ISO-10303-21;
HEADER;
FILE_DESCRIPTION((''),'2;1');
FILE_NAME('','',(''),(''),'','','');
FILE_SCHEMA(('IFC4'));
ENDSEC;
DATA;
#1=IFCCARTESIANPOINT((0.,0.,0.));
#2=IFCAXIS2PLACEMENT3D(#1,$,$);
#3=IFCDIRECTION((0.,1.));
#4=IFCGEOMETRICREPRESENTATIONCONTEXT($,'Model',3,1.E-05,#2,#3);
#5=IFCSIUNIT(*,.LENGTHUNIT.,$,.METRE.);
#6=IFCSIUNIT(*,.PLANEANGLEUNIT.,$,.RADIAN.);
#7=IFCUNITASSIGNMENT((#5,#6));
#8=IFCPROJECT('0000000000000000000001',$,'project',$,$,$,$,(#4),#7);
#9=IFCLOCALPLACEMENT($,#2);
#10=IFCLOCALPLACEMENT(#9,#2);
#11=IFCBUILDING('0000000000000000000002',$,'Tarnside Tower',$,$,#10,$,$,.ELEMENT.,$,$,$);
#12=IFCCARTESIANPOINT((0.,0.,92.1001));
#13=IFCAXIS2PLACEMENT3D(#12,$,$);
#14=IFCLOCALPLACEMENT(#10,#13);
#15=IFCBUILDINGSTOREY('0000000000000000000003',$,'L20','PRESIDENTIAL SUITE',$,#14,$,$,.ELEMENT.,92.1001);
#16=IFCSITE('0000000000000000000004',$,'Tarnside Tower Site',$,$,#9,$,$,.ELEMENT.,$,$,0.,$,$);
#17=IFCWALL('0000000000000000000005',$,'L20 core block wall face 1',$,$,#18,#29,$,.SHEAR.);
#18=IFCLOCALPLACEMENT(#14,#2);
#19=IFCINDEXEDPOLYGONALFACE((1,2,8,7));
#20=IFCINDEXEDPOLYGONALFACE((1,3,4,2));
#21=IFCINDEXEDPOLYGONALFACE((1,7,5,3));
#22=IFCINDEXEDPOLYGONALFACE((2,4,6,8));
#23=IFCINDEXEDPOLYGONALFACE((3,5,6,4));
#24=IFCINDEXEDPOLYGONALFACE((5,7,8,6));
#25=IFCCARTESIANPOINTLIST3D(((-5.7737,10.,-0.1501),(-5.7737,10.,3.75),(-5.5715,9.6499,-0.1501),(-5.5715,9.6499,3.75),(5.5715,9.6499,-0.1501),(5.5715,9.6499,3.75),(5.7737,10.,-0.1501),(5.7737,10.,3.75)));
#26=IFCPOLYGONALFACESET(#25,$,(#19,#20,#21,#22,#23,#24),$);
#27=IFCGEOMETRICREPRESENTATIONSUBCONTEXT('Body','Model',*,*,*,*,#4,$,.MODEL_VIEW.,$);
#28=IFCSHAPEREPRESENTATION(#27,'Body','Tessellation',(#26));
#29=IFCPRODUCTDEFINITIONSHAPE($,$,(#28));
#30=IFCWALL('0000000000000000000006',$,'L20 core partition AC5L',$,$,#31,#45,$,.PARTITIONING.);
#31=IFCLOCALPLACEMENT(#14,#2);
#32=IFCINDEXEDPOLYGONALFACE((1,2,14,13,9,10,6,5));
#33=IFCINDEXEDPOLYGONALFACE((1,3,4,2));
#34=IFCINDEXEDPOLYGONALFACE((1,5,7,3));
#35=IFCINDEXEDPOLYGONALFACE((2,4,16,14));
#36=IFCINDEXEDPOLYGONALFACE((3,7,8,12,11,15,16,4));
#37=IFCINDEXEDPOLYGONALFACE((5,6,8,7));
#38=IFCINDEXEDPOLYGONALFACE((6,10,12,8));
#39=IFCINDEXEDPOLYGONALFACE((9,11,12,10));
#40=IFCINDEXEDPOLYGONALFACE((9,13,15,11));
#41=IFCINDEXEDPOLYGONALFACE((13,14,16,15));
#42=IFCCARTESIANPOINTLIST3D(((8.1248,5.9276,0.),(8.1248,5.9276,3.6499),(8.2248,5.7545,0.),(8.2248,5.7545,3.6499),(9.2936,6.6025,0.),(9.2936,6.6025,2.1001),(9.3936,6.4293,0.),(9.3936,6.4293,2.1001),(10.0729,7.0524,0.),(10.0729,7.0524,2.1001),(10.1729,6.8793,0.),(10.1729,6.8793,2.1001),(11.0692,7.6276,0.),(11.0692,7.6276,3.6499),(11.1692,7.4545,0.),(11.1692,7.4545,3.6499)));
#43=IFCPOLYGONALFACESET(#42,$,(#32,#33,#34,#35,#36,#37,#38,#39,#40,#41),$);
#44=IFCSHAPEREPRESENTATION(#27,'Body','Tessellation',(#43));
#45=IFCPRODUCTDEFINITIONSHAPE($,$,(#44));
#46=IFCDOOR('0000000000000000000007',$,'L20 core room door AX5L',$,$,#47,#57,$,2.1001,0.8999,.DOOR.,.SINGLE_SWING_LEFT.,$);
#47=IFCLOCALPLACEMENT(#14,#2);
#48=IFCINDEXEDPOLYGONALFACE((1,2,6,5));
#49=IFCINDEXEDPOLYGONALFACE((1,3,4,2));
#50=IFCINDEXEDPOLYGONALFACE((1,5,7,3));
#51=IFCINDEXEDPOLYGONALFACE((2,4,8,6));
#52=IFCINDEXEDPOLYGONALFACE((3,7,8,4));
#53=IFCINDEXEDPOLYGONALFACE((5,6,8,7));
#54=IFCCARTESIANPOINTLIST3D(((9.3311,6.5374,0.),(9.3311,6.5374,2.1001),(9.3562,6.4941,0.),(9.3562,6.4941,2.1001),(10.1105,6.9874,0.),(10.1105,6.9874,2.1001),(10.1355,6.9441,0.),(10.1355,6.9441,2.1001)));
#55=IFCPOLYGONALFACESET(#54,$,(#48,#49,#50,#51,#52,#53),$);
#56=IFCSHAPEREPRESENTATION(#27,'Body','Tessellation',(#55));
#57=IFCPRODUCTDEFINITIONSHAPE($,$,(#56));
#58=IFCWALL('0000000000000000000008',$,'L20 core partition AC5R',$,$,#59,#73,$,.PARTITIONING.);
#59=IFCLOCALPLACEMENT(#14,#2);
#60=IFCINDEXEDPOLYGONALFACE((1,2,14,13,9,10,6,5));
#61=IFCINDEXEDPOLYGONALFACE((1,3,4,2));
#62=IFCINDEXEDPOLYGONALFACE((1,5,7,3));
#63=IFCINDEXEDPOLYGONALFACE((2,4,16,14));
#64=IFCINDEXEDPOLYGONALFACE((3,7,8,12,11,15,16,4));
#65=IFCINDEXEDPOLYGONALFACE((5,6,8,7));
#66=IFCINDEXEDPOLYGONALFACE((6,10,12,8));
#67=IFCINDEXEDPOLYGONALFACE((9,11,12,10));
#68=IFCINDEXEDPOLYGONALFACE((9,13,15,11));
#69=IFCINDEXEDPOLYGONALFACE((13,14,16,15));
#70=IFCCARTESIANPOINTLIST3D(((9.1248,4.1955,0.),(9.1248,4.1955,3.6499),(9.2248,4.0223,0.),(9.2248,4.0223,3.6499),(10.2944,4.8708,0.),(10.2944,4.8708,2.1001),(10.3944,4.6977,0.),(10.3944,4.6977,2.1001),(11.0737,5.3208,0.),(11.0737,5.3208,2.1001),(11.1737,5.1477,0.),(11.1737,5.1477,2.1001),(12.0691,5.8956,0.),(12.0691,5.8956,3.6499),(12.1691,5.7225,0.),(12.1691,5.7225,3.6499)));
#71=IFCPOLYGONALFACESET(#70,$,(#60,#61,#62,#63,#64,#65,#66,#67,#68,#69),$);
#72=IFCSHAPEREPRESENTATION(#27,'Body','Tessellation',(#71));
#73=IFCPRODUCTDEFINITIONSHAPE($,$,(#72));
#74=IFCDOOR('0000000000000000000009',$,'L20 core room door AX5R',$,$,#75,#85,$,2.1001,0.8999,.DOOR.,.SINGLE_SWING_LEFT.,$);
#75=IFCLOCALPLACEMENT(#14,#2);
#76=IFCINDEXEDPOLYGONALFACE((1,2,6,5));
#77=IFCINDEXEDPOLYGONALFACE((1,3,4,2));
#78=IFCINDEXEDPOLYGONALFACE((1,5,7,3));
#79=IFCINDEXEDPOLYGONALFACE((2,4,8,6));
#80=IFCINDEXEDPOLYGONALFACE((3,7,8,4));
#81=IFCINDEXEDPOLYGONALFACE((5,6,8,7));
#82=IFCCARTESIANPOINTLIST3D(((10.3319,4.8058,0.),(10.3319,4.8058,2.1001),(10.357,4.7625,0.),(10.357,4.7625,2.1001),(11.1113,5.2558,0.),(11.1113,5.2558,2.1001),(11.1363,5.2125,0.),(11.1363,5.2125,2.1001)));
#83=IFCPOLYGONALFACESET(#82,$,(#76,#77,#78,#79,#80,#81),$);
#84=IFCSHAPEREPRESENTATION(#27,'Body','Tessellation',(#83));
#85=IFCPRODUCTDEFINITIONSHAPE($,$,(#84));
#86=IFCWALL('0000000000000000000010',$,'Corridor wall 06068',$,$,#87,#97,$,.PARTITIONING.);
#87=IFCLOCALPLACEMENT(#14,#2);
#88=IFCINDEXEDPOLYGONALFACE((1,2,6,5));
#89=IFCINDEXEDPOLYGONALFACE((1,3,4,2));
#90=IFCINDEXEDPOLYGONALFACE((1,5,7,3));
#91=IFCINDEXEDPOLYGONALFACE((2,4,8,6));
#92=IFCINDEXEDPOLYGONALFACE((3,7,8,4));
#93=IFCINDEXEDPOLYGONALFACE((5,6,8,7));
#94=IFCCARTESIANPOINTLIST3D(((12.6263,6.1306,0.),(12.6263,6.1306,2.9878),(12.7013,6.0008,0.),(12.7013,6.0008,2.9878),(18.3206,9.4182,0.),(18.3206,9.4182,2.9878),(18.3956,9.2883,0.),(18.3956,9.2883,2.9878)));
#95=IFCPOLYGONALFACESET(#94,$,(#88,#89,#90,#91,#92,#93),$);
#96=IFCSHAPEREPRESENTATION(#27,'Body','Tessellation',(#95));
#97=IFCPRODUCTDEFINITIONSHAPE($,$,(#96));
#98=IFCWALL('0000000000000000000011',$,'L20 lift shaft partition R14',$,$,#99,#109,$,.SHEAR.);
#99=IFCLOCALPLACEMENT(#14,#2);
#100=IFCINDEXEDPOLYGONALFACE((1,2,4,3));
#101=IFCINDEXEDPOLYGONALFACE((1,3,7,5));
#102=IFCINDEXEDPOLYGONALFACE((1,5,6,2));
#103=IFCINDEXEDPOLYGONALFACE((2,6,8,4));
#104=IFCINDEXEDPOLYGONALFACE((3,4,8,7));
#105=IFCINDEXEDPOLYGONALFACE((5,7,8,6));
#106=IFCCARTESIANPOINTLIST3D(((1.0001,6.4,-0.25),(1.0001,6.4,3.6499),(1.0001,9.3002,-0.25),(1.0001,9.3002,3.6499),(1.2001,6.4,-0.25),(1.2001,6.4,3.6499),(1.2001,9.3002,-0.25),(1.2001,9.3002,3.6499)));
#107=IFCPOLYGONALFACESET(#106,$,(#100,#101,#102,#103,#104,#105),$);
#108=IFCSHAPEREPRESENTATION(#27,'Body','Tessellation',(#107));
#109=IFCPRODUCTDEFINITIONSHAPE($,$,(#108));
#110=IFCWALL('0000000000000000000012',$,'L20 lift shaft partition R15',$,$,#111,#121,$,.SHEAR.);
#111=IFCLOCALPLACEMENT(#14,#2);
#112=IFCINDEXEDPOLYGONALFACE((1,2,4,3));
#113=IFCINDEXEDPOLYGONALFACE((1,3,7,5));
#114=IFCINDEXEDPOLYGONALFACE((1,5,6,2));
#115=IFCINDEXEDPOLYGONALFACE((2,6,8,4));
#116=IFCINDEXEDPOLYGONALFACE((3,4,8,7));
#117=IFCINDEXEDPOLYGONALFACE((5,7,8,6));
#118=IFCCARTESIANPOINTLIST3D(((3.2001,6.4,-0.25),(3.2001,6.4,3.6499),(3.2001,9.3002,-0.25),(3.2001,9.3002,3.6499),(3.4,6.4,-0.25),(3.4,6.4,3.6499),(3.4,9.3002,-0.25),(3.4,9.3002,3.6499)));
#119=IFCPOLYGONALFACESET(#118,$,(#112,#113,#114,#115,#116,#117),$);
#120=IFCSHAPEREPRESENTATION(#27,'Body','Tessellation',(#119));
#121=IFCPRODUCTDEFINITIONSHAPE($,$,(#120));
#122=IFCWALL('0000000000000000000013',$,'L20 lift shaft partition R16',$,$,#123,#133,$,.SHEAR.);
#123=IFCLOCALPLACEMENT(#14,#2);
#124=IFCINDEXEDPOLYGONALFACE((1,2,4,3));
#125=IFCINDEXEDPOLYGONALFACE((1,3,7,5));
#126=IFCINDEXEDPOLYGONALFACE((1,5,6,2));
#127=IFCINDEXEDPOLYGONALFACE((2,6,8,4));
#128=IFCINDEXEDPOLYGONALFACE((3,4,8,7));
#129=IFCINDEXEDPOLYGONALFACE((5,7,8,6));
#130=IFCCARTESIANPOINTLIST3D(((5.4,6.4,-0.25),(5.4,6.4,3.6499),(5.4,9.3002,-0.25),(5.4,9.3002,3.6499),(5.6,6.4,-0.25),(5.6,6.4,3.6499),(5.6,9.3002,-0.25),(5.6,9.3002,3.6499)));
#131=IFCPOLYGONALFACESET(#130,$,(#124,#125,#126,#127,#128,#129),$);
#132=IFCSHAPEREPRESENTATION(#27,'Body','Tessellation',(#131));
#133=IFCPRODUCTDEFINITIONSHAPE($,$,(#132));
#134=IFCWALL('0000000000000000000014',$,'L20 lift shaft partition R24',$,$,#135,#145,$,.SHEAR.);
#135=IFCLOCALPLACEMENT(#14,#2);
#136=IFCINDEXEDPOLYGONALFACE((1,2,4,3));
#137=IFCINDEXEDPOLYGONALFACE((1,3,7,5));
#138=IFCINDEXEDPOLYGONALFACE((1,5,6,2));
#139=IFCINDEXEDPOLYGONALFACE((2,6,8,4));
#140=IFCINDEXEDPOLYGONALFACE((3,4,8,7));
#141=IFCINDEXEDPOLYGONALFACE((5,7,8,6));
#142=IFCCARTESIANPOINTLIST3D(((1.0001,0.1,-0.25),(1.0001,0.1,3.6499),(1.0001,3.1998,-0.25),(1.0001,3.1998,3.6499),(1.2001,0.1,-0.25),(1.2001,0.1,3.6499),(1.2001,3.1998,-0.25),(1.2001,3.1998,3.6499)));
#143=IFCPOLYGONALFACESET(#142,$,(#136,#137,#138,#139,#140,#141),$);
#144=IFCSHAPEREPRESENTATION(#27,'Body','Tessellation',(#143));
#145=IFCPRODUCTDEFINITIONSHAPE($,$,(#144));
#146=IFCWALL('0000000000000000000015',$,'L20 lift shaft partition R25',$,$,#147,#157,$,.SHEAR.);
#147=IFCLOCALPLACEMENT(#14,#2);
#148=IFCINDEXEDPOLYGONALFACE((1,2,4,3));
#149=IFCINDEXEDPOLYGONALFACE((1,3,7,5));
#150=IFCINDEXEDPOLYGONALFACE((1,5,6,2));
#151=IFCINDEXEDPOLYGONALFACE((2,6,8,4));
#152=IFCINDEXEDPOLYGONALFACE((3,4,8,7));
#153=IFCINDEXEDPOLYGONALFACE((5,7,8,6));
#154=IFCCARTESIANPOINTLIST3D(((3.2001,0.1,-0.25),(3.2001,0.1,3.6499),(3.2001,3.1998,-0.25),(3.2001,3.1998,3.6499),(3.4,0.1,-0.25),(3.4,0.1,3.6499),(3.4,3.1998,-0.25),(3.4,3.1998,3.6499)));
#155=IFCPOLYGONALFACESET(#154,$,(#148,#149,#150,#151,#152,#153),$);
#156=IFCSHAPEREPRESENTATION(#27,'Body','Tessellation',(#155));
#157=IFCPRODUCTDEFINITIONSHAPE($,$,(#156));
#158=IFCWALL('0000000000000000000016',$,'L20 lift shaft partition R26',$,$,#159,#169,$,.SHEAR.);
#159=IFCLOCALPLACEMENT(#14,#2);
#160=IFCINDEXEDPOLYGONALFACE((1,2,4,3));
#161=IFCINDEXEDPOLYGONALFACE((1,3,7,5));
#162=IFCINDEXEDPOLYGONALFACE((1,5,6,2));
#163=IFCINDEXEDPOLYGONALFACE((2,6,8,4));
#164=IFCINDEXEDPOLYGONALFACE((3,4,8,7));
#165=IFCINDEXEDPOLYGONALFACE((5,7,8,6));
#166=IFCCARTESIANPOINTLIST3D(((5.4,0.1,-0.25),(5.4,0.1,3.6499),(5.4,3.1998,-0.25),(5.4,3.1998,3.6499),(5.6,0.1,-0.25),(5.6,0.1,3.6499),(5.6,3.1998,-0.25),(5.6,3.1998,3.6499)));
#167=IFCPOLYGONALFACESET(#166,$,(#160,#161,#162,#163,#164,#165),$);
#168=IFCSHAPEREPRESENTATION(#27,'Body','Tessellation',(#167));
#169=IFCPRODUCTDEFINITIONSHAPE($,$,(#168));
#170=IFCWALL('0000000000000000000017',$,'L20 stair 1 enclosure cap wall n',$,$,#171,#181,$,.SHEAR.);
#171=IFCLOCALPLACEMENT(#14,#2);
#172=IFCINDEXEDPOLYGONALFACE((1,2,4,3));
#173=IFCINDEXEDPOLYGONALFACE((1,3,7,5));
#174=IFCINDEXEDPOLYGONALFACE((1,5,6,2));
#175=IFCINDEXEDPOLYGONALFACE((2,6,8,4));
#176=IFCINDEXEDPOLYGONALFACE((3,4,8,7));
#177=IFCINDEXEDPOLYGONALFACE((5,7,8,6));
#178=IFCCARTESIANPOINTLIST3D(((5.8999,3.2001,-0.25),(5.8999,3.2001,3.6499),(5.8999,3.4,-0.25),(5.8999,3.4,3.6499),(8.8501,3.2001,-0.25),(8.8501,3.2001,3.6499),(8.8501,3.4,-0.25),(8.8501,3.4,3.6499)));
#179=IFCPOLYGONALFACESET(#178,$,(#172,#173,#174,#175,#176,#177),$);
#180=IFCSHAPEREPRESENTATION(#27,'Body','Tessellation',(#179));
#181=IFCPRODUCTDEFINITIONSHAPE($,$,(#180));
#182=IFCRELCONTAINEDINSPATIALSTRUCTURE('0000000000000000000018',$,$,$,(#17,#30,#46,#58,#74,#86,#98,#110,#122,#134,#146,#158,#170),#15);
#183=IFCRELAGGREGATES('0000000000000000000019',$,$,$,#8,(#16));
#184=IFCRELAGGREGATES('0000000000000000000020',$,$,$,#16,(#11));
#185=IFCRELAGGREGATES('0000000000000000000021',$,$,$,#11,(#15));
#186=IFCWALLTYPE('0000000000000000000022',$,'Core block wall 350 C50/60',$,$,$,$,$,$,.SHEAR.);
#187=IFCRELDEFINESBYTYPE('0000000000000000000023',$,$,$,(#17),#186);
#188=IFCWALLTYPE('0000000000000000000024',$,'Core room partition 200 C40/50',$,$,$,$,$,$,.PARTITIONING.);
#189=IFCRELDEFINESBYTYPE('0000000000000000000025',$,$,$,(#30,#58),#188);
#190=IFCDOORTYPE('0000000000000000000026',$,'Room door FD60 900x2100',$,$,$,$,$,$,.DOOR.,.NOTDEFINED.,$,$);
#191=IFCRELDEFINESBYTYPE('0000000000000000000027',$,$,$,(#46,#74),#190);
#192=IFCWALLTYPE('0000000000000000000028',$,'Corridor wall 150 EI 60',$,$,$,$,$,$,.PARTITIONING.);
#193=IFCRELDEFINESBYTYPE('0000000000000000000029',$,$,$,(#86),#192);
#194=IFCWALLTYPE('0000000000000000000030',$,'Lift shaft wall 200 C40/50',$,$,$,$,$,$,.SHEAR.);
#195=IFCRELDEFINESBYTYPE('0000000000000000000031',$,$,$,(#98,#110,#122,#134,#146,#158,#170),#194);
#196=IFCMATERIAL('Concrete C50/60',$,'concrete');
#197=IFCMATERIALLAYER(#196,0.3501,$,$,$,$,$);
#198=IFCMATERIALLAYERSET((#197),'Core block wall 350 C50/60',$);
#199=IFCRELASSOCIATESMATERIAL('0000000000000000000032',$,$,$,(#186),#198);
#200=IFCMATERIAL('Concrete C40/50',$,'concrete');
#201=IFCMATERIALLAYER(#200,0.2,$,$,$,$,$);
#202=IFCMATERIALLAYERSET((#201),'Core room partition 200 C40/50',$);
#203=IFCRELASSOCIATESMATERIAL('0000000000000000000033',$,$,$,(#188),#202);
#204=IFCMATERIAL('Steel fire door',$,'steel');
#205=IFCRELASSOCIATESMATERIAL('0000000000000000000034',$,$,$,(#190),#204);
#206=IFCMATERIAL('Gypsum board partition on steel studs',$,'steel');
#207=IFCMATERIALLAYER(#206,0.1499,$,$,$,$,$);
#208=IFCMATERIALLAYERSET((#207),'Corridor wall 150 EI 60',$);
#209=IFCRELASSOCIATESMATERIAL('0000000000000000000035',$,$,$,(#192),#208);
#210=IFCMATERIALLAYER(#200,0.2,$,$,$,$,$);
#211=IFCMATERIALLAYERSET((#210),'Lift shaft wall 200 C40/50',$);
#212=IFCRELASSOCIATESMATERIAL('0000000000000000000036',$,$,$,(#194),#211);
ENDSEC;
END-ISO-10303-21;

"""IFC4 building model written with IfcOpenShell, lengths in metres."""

from ifc_helpers import new_model, si_unit, direction, frame, frame_2d, origin, place, context, subcontext, project, spatial, polyline, rectangle, outline, extrude, material, layer, layer_set, type_object, element, fill, save


model = new_model("IFC4")

# Units and contexts
model_context = context("Model", 3, precision=1e-05, world=origin(), true_north=direction((0.0, 1.0)))
body_context = subcontext(model_context, "Body", "Model", "MODEL_VIEW")
ifc_project = project(units=[si_unit("LENGTHUNIT", "METRE"), si_unit("PLANEANGLEUNIT", "RADIAN")], contexts=[model_context])

# Site, building, storey
site_placement = place(None, origin())
site = spatial("IfcSite", under=ifc_project, at=site_placement, Name="Tarnside Tower Site", CompositionType="ELEMENT", RefElevation=0.0)
building_placement = place(site_placement, origin())
building = spatial("IfcBuilding", under=site, at=building_placement, Name="Tarnside Tower", CompositionType="ELEMENT")
storey_placement = place(building_placement, frame((0.0, 0.0, 92.1001)))
storey = spatial("IfcBuildingStorey", under=building, at=storey_placement, Name="L20", Description="PRESIDENTIAL SUITE", CompositionType="ELEMENT", Elevation=92.1001)

# Wall
ifc_material_1 = material(Name="Concrete C50/60", Category="concrete")
ifc_layer_1 = layer(ifc_material_1, 0.3501)
ifc_layer_set_1 = layer_set([ifc_layer_1], Name="Core block wall 350 C50/60")
wall_type_1 = type_object("IfcWallType", Name="Core block wall 350 C50/60", PredefinedType="SHEAR", material=ifc_layer_set_1)
wall_1_placement = place(storey_placement, frame((5.6726, 9.825, -0.1501), z_axis=(0.0, 0.0, 1.0), x_axis=(-1.0, 0.0, 0.0)))
element("IfcWall", 1, at=wall_1_placement, inside=storey, type_object=wall_type_1, Name="L20 core block wall face 1", PredefinedType="SHEAR", context=body_context, shape_type="SweptSolid", body=[
    extrude(outline(polyline([(-0.1011, -0.175), (11.4463, -0.175), (11.2441, 0.175), (0.1011, 0.175), (-0.1011, -0.175)])), origin(), (0.0, 0.0, 1.0), 3.9001),
])

# Walls, openings, doors
ifc_material_2 = material(Name="Concrete C40/50", Category="concrete")
ifc_layer_2 = layer(ifc_material_2, 0.2)
ifc_layer_set_2 = layer_set([ifc_layer_2], Name="Core room partition 200 C40/50")
wall_type_2 = type_object("IfcWallType", Name="Core room partition 200 C40/50", PredefinedType="PARTITIONING", material=ifc_layer_set_2)
wall_2_placement = place(storey_placement, frame((8.1748, 5.8411, 0.0), z_axis=(0.0, 0.0, 1.0), x_axis=(0.866021, 0.500008, 0.0)))
wall_2 = element("IfcWall", 2, at=wall_2_placement, inside=storey, type_object=wall_type_2, Name="L20 core partition AC5L", PredefinedType="PARTITIONING", context=body_context, shape_type="SweptSolid", body=[
    extrude(rectangle(XDim=3.3999, YDim=0.2, at=frame_2d((1.7, 0.0))), origin(), (0.0, 0.0, 1.0), 3.6499),
])
opening_1_placement = place(wall_2_placement, frame((1.3496, 0.0, 0.0)))
opening_1 = element("IfcOpeningElement", 3, at=opening_1_placement, cuts=wall_2, PredefinedType="OPENING", context=body_context, shape_type="SweptSolid", body=[
    extrude(rectangle(XDim=0.8999, YDim=2.1001, at=frame_2d((0.45, 1.05))), frame((0.0, 0.1099, 0.0), z_axis=(0.0, -1.0, 0.0), x_axis=(1.0, 0.0, 0.0)), (0.0, 0.0, 1.0), 0.22),
])
ifc_material_3 = material(Name="Steel fire door", Category="steel")
door_type = type_object("IfcDoorType", Name="Room door FD60 900x2100", OperationType="NOTDEFINED", PredefinedType="DOOR", material=ifc_material_3)
door_1_placement = place(opening_1_placement, origin())
door_1 = element("IfcDoor", 4, at=door_1_placement, inside=storey, type_object=door_type, Name="L20 core room door AX5L", OperationType="SINGLE_SWING_LEFT", OverallHeight=2.1001, OverallWidth=0.8999, PredefinedType="DOOR", context=body_context, shape_type="SweptSolid", body=[
    extrude(rectangle(XDim=0.8999, YDim=2.1001, at=frame_2d((0.45, 1.05))), frame((0.0, 0.0249, 0.0), z_axis=(0.0, -1.0, 0.0), x_axis=(1.0, 0.0, 0.0)), (0.0, 0.0, 1.0), 0.05),
])
fill(opening_1, door_1)
wall_3_placement = place(storey_placement, frame((9.1748, 4.1089, 0.0), z_axis=(0.0, 0.0, 1.0), x_axis=(0.865989, 0.500062, 0.0)))
wall_3 = element("IfcWall", 5, at=wall_3_placement, inside=storey, type_object=wall_type_2, Name="L20 core partition AC5R", PredefinedType="PARTITIONING", context=body_context, shape_type="SweptSolid", body=[
    extrude(rectangle(XDim=3.3999, YDim=0.2, at=frame_2d((1.7, 0.0))), origin(), (0.0, 0.0, 1.0), 3.6499),
])
opening_2_placement = place(wall_3_placement, frame((1.3506, 0.0, 0.0)))
opening_2 = element("IfcOpeningElement", 6, at=opening_2_placement, cuts=wall_3, PredefinedType="OPENING", context=body_context, shape_type="SweptSolid", body=[
    extrude(rectangle(XDim=0.8999, YDim=2.1001, at=frame_2d((0.45, 1.05))), frame((0.0, 0.1099, 0.0), z_axis=(0.0, -1.0, 0.0), x_axis=(1.0, 0.0, 0.0)), (0.0, 0.0, 1.0), 0.22),
])
door_2_placement = place(opening_2_placement, origin())
door_2 = element("IfcDoor", 7, at=door_2_placement, inside=storey, type_object=door_type, Name="L20 core room door AX5R", OperationType="SINGLE_SWING_LEFT", OverallHeight=2.1001, OverallWidth=0.8999, PredefinedType="DOOR", context=body_context, shape_type="SweptSolid", body=[
    extrude(rectangle(XDim=0.8999, YDim=2.1001, at=frame_2d((0.45, 1.05))), frame((0.0, 0.0249, 0.0), z_axis=(0.0, -1.0, 0.0), x_axis=(1.0, 0.0, 0.0)), (0.0, 0.0, 1.0), 0.05),
])
fill(opening_2, door_2)

# Walls
ifc_material_4 = material(Name="Gypsum board partition on steel studs", Category="steel")
ifc_layer_3 = layer(ifc_material_4, 0.1499)
ifc_layer_set_3 = layer_set([ifc_layer_3], Name="Corridor wall 150 EI 60")
wall_type_3 = type_object("IfcWallType", Name="Corridor wall 150 EI 60", PredefinedType="PARTITIONING", material=ifc_layer_set_3)
wall_4_placement = place(storey_placement, frame((12.6638, 6.0657, 0.0), z_axis=(0.0, 0.0, 1.0), x_axis=(0.866027, 0.499997, 0.0)))
element("IfcWall", 8, at=wall_4_placement, inside=storey, type_object=wall_type_3, Name="Corridor wall 06068", PredefinedType="PARTITIONING", context=body_context, shape_type="SweptSolid", body=[
    extrude(rectangle(XDim=6.5752, YDim=0.1499, at=frame_2d((3.2876, 0.0))), origin(), (0.0, 0.0, 1.0), 2.9878),
])
ifc_layer_4 = layer(ifc_material_2, 0.2)
ifc_layer_set_4 = layer_set([ifc_layer_4], Name="Lift shaft wall 200 C40/50")
wall_type_4 = type_object("IfcWallType", Name="Lift shaft wall 200 C40/50", PredefinedType="SHEAR", material=ifc_layer_set_4)
for number, where, z_axis, x_axis, name in (
    (9, (1.1001, 6.3999, -0.25), (0.0, 0.0, 1.0), (0.0, 1.0, 0.0), "L20 lift shaft partition R14"),
    (10, (3.3, 6.3999, -0.25), (0.0, 0.0, 1.0), (0.0, 1.0, 0.0), "L20 lift shaft partition R15"),
    (11, (5.5, 6.3999, -0.25), (0.0, 0.0, 1.0), (0.0, 1.0, 0.0), "L20 lift shaft partition R16"),
):
    element("IfcWall", number, at=place(storey_placement, frame(where, z_axis=z_axis, x_axis=x_axis)), inside=storey, type_object=wall_type_4, Name=name, PredefinedType="SHEAR", context=body_context, shape_type="SweptSolid", body=[
        extrude(rectangle(XDim=2.9001, YDim=0.2, at=frame_2d((1.4502, 0.0))), origin(), (0.0, 0.0, 1.0), 3.8999),
    ])
for number, where, z_axis, x_axis, name in (
    (12, (1.1001, 0.1001, -0.25), (0.0, 0.0, 1.0), (0.0, 1.0, 0.0), "L20 lift shaft partition R24"),
    (13, (3.3, 0.1001, -0.25), (0.0, 0.0, 1.0), (0.0, 1.0, 0.0), "L20 lift shaft partition R25"),
    (14, (5.5, 0.1001, -0.25), (0.0, 0.0, 1.0), (0.0, 1.0, 0.0), "L20 lift shaft partition R26"),
):
    element("IfcWall", number, at=place(storey_placement, frame(where, z_axis=z_axis, x_axis=x_axis)), inside=storey, type_object=wall_type_4, Name=name, PredefinedType="SHEAR", context=body_context, shape_type="SweptSolid", body=[
        extrude(rectangle(XDim=3.0999, YDim=0.2, at=frame_2d((1.5498, 0.0))), origin(), (0.0, 0.0, 1.0), 3.8999),
    ])
wall_5_placement = place(storey_placement, frame((5.8999, 3.3, -0.25), z_axis=(0.0, 0.0, 1.0), x_axis=(1.0, 0.0, 0.0)))
element("IfcWall", 15, at=wall_5_placement, inside=storey, type_object=wall_type_4, Name="L20 stair 1 enclosure cap wall n", PredefinedType="SHEAR", context=body_context, shape_type="SweptSolid", body=[
    extrude(rectangle(XDim=2.9502, YDim=0.2, at=frame_2d((1.4751, 0.0))), origin(), (0.0, 0.0, 1.0), 3.8999),
])

save(model, "model.ifc")
